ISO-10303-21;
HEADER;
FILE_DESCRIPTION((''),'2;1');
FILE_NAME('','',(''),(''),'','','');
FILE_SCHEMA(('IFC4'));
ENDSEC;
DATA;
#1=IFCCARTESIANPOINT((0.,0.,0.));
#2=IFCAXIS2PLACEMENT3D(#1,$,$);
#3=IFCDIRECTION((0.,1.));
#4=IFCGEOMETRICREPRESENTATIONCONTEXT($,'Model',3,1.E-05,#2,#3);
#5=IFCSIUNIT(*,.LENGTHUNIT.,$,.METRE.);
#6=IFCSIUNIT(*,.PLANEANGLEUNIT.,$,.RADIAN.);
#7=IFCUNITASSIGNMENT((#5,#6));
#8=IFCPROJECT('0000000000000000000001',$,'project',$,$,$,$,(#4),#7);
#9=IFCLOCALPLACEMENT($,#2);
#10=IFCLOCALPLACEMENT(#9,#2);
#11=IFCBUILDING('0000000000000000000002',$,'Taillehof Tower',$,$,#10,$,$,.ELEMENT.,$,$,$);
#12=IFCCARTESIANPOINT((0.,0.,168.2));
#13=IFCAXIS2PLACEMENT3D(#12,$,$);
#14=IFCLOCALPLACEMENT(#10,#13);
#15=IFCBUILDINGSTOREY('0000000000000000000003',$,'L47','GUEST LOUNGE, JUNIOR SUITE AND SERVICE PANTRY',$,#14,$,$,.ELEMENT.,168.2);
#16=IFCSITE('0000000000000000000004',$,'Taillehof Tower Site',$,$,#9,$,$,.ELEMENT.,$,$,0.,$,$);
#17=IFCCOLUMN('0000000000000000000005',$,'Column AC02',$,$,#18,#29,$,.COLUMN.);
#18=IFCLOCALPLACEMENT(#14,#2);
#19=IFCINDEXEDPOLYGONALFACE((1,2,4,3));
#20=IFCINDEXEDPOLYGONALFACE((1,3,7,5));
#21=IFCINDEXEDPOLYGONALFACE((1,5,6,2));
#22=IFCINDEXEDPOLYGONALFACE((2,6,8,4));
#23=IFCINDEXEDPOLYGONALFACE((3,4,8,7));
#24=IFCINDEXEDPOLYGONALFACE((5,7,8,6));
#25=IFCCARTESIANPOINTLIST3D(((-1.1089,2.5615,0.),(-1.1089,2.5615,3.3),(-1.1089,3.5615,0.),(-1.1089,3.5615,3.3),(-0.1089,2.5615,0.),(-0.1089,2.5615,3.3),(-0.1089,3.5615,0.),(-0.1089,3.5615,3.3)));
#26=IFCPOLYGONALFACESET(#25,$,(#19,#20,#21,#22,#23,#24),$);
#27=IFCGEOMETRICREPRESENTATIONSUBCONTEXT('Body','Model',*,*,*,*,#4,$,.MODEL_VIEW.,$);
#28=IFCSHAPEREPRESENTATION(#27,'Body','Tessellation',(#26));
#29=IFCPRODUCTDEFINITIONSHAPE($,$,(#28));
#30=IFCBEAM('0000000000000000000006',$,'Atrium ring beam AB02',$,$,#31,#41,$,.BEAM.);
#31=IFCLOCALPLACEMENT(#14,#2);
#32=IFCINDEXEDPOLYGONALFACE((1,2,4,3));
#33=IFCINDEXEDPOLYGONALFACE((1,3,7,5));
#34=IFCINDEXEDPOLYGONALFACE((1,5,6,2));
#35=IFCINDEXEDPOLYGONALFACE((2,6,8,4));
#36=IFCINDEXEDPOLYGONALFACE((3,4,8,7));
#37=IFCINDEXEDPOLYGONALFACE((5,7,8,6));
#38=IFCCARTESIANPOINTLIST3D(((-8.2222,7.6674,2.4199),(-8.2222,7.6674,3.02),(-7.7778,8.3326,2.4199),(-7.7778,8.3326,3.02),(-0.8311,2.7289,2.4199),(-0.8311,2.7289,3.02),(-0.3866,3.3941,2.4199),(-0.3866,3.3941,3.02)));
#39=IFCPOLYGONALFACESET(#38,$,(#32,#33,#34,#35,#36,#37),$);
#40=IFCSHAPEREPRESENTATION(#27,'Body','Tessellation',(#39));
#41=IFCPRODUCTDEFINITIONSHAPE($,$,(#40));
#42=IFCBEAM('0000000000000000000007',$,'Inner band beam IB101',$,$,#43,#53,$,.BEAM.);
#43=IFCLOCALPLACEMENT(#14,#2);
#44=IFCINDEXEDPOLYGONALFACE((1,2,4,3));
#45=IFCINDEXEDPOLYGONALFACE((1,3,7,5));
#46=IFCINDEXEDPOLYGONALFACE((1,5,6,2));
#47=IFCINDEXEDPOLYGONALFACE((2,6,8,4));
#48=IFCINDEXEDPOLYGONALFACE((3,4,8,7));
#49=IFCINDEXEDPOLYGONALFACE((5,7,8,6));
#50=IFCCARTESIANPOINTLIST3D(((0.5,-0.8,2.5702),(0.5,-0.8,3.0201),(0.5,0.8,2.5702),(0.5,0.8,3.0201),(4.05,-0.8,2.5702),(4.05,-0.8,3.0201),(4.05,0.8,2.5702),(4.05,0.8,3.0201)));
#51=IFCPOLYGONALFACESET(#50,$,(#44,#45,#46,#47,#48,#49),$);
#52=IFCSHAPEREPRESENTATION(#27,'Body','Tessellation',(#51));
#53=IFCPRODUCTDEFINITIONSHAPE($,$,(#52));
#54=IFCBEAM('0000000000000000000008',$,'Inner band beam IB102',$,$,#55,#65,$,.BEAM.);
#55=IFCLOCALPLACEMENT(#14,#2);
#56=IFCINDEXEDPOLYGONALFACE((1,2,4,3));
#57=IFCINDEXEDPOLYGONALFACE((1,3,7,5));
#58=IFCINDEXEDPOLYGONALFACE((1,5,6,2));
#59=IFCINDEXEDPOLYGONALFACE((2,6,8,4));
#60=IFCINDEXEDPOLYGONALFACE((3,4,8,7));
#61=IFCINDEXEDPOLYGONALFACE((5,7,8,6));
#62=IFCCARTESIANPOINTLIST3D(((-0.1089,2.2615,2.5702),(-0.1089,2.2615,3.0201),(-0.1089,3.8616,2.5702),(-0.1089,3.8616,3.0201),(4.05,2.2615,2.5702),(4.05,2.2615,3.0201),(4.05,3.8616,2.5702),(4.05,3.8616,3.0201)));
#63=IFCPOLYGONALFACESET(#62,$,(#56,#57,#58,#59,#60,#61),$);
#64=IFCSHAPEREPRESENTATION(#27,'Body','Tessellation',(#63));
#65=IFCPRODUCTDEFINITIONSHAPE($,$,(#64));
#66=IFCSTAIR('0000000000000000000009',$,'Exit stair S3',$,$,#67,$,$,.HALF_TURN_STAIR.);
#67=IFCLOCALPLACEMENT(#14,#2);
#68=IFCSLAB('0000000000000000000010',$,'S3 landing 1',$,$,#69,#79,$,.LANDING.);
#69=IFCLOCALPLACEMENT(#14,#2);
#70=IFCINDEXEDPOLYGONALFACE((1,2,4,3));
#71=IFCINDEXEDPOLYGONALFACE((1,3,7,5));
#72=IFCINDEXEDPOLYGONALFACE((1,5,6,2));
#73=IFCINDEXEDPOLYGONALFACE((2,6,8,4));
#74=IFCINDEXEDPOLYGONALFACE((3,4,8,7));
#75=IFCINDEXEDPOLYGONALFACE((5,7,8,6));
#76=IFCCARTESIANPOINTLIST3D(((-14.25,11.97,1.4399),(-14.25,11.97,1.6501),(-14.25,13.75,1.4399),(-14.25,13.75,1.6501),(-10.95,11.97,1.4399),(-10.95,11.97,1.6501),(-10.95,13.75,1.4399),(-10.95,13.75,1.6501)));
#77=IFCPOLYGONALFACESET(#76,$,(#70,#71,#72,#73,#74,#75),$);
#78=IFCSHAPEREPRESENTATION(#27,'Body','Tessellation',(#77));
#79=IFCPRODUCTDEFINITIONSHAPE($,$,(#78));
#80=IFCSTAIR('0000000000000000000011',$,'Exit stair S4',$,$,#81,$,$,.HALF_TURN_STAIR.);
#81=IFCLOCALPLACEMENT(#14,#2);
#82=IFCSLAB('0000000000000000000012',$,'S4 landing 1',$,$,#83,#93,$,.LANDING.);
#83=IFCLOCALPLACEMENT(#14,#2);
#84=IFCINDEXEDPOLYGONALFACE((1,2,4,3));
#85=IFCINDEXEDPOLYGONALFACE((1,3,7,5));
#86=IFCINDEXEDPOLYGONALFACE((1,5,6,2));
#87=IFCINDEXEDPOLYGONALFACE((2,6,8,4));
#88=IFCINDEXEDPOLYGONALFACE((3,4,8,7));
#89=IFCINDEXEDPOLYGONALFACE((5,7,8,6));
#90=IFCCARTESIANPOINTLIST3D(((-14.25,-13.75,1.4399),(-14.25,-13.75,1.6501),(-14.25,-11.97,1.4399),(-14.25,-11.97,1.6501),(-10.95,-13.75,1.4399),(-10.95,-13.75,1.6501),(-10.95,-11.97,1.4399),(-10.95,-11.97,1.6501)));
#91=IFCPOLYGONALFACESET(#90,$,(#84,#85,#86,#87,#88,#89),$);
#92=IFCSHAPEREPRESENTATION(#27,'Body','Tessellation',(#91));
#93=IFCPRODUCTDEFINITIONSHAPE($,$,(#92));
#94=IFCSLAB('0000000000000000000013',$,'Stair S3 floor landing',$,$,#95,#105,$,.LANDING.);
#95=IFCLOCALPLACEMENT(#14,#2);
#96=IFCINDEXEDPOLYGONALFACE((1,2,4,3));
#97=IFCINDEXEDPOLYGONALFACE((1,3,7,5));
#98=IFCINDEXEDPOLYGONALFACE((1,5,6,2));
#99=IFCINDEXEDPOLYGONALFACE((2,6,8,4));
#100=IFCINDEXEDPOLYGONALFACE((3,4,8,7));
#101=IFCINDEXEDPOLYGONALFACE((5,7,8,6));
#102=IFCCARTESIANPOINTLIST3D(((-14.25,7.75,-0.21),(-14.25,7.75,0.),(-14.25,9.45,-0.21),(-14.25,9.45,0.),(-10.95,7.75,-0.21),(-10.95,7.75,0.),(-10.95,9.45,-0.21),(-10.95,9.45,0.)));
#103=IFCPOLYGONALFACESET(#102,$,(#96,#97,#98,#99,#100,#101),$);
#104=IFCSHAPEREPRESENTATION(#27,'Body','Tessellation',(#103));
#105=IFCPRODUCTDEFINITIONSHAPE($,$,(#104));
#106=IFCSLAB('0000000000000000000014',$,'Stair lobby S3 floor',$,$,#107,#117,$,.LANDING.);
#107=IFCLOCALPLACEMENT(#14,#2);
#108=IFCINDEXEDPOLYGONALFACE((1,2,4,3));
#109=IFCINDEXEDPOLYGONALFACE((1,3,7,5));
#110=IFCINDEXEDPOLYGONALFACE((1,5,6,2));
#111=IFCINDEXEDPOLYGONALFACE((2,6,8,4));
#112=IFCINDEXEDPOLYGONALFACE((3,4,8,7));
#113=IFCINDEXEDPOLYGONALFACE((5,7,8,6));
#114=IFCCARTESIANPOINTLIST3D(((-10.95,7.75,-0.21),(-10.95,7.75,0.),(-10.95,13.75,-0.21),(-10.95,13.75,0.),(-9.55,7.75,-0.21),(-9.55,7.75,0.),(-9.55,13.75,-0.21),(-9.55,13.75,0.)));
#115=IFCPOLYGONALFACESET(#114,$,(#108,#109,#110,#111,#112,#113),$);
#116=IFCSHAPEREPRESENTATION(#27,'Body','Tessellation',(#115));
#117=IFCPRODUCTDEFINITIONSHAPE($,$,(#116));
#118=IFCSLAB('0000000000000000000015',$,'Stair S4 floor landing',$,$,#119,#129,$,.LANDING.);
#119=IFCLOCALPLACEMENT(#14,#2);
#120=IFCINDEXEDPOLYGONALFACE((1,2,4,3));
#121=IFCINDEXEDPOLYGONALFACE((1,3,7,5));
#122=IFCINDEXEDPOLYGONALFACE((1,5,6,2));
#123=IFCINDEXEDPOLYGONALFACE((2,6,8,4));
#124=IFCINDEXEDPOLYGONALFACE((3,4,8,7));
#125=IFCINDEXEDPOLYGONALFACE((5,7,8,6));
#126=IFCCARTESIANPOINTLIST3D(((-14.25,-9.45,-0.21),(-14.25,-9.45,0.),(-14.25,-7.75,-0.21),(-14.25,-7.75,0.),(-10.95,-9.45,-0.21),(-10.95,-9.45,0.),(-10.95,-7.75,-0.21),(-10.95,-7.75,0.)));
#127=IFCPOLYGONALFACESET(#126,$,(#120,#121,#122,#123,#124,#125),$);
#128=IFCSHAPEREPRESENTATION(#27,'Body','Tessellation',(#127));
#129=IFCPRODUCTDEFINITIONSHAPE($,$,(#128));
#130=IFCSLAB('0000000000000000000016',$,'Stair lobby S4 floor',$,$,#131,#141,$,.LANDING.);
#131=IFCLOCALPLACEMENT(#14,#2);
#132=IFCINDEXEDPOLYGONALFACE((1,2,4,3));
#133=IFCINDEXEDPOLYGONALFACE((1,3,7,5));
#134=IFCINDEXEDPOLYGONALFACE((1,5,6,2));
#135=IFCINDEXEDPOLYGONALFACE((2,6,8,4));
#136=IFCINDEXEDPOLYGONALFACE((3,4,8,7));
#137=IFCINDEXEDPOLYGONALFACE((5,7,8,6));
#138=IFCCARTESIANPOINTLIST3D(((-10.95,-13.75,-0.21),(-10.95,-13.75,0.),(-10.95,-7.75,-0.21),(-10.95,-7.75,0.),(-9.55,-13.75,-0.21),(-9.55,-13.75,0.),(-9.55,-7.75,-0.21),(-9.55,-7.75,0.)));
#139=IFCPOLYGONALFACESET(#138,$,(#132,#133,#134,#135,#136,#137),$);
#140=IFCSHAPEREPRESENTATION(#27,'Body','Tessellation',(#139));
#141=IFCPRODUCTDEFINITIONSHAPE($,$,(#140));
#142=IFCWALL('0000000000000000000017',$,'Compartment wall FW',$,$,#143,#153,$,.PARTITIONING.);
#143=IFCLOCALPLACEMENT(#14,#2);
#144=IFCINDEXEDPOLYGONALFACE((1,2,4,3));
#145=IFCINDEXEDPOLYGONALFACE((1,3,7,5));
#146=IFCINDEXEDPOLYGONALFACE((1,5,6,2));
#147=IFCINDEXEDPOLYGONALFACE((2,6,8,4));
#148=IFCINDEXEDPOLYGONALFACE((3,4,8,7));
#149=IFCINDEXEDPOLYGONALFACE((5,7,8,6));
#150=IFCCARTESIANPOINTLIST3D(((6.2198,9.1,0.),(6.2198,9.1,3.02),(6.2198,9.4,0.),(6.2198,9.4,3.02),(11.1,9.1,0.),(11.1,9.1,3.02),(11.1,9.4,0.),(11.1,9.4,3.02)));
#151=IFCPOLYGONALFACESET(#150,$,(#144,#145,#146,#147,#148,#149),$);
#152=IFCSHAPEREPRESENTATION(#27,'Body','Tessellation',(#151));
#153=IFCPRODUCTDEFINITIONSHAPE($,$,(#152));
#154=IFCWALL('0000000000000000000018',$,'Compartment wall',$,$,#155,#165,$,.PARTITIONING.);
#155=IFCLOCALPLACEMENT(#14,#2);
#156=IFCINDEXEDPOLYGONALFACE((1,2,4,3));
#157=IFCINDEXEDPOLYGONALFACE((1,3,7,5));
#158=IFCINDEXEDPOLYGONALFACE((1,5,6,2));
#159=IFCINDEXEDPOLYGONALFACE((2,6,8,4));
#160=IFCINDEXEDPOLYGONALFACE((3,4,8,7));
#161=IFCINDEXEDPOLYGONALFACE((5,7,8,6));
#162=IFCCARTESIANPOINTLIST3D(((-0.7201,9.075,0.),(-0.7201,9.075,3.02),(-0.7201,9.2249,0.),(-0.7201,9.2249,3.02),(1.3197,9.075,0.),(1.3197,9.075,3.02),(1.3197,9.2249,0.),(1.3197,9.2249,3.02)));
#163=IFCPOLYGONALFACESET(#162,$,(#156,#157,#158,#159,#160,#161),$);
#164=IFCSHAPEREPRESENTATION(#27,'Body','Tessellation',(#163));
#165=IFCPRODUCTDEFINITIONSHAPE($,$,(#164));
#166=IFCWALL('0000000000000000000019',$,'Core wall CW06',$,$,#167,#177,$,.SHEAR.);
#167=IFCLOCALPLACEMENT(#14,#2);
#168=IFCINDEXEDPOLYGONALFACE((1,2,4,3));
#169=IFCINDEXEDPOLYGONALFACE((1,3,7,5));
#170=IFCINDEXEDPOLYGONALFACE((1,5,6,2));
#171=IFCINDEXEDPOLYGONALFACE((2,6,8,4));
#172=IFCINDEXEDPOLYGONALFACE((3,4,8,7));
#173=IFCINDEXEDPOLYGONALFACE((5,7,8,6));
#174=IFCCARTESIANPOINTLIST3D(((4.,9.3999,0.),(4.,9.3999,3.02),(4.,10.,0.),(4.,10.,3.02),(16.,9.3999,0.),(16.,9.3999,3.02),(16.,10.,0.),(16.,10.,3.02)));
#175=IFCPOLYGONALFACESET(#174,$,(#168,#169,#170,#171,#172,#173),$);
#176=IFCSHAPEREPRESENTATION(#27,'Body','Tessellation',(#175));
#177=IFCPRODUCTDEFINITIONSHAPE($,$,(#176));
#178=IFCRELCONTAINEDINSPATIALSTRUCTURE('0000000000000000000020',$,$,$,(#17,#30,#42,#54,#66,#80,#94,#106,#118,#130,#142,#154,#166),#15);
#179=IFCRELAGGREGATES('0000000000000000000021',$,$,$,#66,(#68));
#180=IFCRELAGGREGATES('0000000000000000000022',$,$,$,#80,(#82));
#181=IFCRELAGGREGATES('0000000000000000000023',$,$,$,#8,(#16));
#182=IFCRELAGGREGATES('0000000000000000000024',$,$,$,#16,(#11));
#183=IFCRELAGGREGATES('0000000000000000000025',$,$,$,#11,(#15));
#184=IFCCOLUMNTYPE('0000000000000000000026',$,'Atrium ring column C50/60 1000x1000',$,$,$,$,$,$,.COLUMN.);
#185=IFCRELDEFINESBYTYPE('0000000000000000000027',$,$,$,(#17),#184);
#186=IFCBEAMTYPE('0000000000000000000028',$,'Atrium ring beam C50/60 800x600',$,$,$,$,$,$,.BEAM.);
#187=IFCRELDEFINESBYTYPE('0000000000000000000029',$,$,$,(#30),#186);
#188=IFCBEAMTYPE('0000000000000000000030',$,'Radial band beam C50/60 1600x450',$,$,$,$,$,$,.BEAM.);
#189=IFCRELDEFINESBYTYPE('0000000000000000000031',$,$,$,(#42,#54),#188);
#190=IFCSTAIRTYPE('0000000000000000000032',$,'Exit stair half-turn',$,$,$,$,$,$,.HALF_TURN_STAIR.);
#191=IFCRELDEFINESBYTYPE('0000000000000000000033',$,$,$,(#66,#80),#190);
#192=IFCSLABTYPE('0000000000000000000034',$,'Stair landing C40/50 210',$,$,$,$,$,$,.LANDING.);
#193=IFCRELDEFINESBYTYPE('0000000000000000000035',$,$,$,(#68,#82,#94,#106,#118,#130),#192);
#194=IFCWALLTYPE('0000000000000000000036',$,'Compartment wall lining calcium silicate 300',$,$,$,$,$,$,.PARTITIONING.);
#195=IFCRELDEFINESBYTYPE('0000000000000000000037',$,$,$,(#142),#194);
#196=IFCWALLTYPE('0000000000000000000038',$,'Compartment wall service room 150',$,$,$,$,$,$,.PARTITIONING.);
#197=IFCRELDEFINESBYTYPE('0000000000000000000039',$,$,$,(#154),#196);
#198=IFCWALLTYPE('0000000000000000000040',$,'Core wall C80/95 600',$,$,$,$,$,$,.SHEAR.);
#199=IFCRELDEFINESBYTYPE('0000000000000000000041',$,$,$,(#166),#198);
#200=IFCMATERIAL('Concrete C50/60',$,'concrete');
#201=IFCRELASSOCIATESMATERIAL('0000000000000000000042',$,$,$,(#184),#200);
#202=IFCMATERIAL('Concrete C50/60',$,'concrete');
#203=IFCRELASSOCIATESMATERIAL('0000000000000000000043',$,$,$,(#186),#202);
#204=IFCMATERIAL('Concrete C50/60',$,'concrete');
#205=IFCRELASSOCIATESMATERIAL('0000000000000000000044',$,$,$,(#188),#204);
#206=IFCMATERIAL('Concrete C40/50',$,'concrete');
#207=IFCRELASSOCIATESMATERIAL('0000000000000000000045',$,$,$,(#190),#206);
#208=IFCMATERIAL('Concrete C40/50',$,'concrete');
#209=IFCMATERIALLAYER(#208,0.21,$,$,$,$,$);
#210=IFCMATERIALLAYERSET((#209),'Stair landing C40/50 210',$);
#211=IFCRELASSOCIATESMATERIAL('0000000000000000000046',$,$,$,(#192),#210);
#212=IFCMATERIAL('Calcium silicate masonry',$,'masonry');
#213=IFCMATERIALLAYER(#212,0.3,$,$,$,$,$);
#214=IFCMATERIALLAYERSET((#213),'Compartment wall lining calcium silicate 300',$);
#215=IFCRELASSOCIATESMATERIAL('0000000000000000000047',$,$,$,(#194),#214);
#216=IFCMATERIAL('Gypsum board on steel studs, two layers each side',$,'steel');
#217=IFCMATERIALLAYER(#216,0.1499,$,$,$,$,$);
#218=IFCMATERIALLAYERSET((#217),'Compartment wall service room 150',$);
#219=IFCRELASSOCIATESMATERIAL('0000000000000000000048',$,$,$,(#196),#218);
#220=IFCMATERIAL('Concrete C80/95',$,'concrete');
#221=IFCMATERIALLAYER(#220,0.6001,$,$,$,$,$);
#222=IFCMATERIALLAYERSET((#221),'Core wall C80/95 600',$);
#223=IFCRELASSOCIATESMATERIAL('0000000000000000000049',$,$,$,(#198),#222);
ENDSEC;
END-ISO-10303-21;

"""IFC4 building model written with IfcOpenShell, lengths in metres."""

from ifc_helpers import new_model, si_unit, direction, frame, frame_2d, origin, origin_2d, place, context, subcontext, project, spatial, polyline, rectangle, outline, extrude, material, layer, layer_set, material_profile, profile_set, type_object, element, aggregate, save


model = new_model("IFC4")

# Units and contexts
model_context = context("Model", 3, precision=1e-05, world=origin(), true_north=direction((0.0, 1.0)))
body_context = subcontext(model_context, "Body", "Model", "MODEL_VIEW")
ifc_project = project(units=[si_unit("LENGTHUNIT", "METRE"), si_unit("PLANEANGLEUNIT", "RADIAN")], contexts=[model_context])

# Site, building, storey
site_placement = place(None, origin())
site = spatial("IfcSite", under=ifc_project, at=site_placement, Name="Taillehof Tower Site", CompositionType="ELEMENT", RefElevation=0.0)
building_placement = place(site_placement, origin())
building = spatial("IfcBuilding", under=site, at=building_placement, Name="Taillehof Tower", CompositionType="ELEMENT")
storey_placement = place(building_placement, frame((0.0, 0.0, 168.2)))
storey = spatial("IfcBuildingStorey", under=building, at=storey_placement, Name="L47", Description="GUEST LOUNGE, JUNIOR SUITE AND SERVICE PANTRY", CompositionType="ELEMENT", Elevation=168.2)

# Column
ifc_material_1 = material(Name="Concrete C50/60", Category="concrete")
ifc_material_profile_1 = material_profile(ifc_material_1, rectangle(XDim=1.0, YDim=1.0, at=origin_2d()), Name="RC 1000x1000")
ifc_profile_set_1 = profile_set([ifc_material_profile_1], Name="Concrete C50/60")
column_type = type_object("IfcColumnType", Name="Atrium ring column C50/60 1000x1000", PredefinedType="COLUMN", material=ifc_profile_set_1)
column_placement = place(storey_placement, frame((-0.6089, 3.0615, 0.0), z_axis=(0.0, 0.0, 1.0), x_axis=(1.0, 0.0, 0.0)))
element("IfcColumn", 1, at=column_placement, inside=storey, type_object=column_type, Name="Column AC02", PredefinedType="COLUMN", context=body_context, shape_type="SweptSolid", body=[
    extrude(rectangle(XDim=1.0, YDim=1.0, at=origin_2d()), origin(), (0.0, 0.0, 1.0), 3.3),
])

# Beams
ifc_material_2 = material(Name="Concrete C50/60", Category="concrete")
ifc_material_profile_2 = material_profile(ifc_material_2, rectangle(XDim=0.8, YDim=0.6001, at=origin_2d()), Name="RC 800x600")
ifc_profile_set_2 = profile_set([ifc_material_profile_2], Name="Concrete C50/60")
beam_type_1 = type_object("IfcBeamType", Name="Atrium ring beam C50/60 800x600", PredefinedType="BEAM", material=ifc_profile_set_2)
beam_1_placement = place(storey_placement, frame((-0.6089, 3.0615, 2.72), z_axis=(-0.831475, 0.555562, 0.0), x_axis=(-0.555562, -0.831475, 0.0)))
element("IfcBeam", 2, at=beam_1_placement, inside=storey, type_object=beam_type_1, Name="Atrium ring beam AB02", PredefinedType="BEAM", context=body_context, shape_type="SweptSolid", body=[
    extrude(rectangle(XDim=0.8, YDim=0.6001, at=origin_2d()), origin(), (0.0, 0.0, 1.0), 8.8892),
])
ifc_material_3 = material(Name="Concrete C50/60", Category="concrete")
ifc_material_profile_3 = material_profile(ifc_material_3, rectangle(XDim=1.6001, YDim=0.45, at=origin_2d()), Name="RC 1600x450")
ifc_profile_set_3 = profile_set([ifc_material_profile_3], Name="Concrete C50/60")
beam_type_2 = type_object("IfcBeamType", Name="Radial band beam C50/60 1600x450", PredefinedType="BEAM", material=ifc_profile_set_3)
beam_2_placement = place(storey_placement, frame((0.5, 0.0, 2.7952), z_axis=(1.0, 0.0, 0.0), x_axis=(0.0, 1.0, 0.0)))
element("IfcBeam", 3, at=beam_2_placement, inside=storey, type_object=beam_type_2, Name="Inner band beam IB101", PredefinedType="BEAM", context=body_context, shape_type="SweptSolid", body=[
    extrude(rectangle(XDim=1.6001, YDim=0.45, at=origin_2d()), origin(), (0.0, 0.0, 1.0), 3.55),
])
beam_3_placement = place(storey_placement, frame((-0.1089, 3.0615, 2.7952), z_axis=(1.0, 0.0, 0.0), x_axis=(0.0, 1.0, 0.0)))
element("IfcBeam", 4, at=beam_3_placement, inside=storey, type_object=beam_type_2, Name="Inner band beam IB102", PredefinedType="BEAM", context=body_context, shape_type="SweptSolid", body=[
    extrude(rectangle(XDim=1.6001, YDim=0.45, at=origin_2d()), origin(), (0.0, 0.0, 1.0), 4.1589),
])

# Stairs, slabs
ifc_material_4 = material(Name="Concrete C40/50", Category="concrete")
stair_type = type_object("IfcStairType", Name="Exit stair half-turn", PredefinedType="HALF_TURN_STAIR", material=ifc_material_4)
stair_1_placement = place(storey_placement, origin())
stair_1 = element("IfcStair", 5, at=stair_1_placement, inside=storey, type_object=stair_type, Name="Exit stair S3", PredefinedType="HALF_TURN_STAIR")
ifc_material_5 = material(Name="Concrete C40/50", Category="concrete")
ifc_layer_1 = layer(ifc_material_5, 0.21)
ifc_layer_set_1 = layer_set([ifc_layer_1], Name="Stair landing C40/50 210")
slab_type = type_object("IfcSlabType", Name="Stair landing C40/50 210", PredefinedType="LANDING", material=ifc_layer_set_1)
slab_1_placement = place(storey_placement, frame((0.0, 0.0, 1.4399)))
slab_1 = element("IfcSlab", 6, at=slab_1_placement, type_object=slab_type, Name="S3 landing 1", PredefinedType="LANDING", context=body_context, shape_type="SweptSolid", body=[
    extrude(outline(polyline([(-14.25, 11.97), (-14.25, 13.75), (-10.95, 13.75), (-10.95, 11.97), (-14.25, 11.97)])), origin(), (0.0, 0.0, 1.0), 0.2102),
])
aggregate(stair_1, [slab_1])
stair_2_placement = place(storey_placement, origin())
stair_2 = element("IfcStair", 7, at=stair_2_placement, inside=storey, type_object=stair_type, Name="Exit stair S4", PredefinedType="HALF_TURN_STAIR")
slab_2_placement = place(storey_placement, frame((0.0, 0.0, 1.4399)))
slab_2 = element("IfcSlab", 8, at=slab_2_placement, type_object=slab_type, Name="S4 landing 1", PredefinedType="LANDING", context=body_context, shape_type="SweptSolid", body=[
    extrude(outline(polyline([(-14.25, -11.97), (-14.25, -13.75), (-10.95, -13.75), (-10.95, -11.97), (-14.25, -11.97)])), origin(), (0.0, 0.0, 1.0), 0.2102),
])
aggregate(stair_2, [slab_2])

# Slabs
slab_3_placement = place(storey_placement, frame((0.0, 0.0, -0.21)))
element("IfcSlab", 9, at=slab_3_placement, inside=storey, type_object=slab_type, Name="Stair S3 floor landing", PredefinedType="LANDING", context=body_context, shape_type="SweptSolid", body=[
    extrude(outline(polyline([(-14.25, 7.75), (-14.25, 9.45), (-10.95, 9.45), (-10.95, 7.75), (-14.25, 7.75)])), origin(), (0.0, 0.0, 1.0), 0.21),
])
slab_4_placement = place(storey_placement, frame((0.0, 0.0, -0.21)))
element("IfcSlab", 10, at=slab_4_placement, inside=storey, type_object=slab_type, Name="Stair lobby S3 floor", PredefinedType="LANDING", context=body_context, shape_type="SweptSolid", body=[
    extrude(outline(polyline([(-10.95, 7.75), (-9.55, 7.75), (-9.55, 13.75), (-10.95, 13.75), (-10.95, 7.75)])), origin(), (0.0, 0.0, 1.0), 0.21),
])
slab_5_placement = place(storey_placement, frame((0.0, 0.0, -0.21)))
element("IfcSlab", 11, at=slab_5_placement, inside=storey, type_object=slab_type, Name="Stair S4 floor landing", PredefinedType="LANDING", context=body_context, shape_type="SweptSolid", body=[
    extrude(outline(polyline([(-14.25, -7.75), (-14.25, -9.45), (-10.95, -9.45), (-10.95, -7.75), (-14.25, -7.75)])), origin(), (0.0, 0.0, 1.0), 0.21),
])
slab_6_placement = place(storey_placement, frame((0.0, 0.0, -0.21)))
element("IfcSlab", 12, at=slab_6_placement, inside=storey, type_object=slab_type, Name="Stair lobby S4 floor", PredefinedType="LANDING", context=body_context, shape_type="SweptSolid", body=[
    extrude(outline(polyline([(-10.95, -13.75), (-9.55, -13.75), (-9.55, -7.75), (-10.95, -7.75), (-10.95, -13.75)])), origin(), (0.0, 0.0, 1.0), 0.21),
])

# Walls
ifc_material_6 = material(Name="Calcium silicate masonry", Category="masonry")
ifc_layer_2 = layer(ifc_material_6, 0.3)
ifc_layer_set_2 = layer_set([ifc_layer_2], Name="Compartment wall lining calcium silicate 300")
wall_type_1 = type_object("IfcWallType", Name="Compartment wall lining calcium silicate 300", PredefinedType="PARTITIONING", material=ifc_layer_set_2)
wall_1_placement = place(storey_placement, frame((6.22, 9.25, 0.0), z_axis=(0.0, 0.0, 1.0), x_axis=(1.0, 0.0, 0.0)))
element("IfcWall", 13, at=wall_1_placement, inside=storey, type_object=wall_type_1, Name="Compartment wall FW", PredefinedType="PARTITIONING", context=body_context, shape_type="SweptSolid", body=[
    extrude(rectangle(XDim=4.8801, YDim=0.3, at=frame_2d((2.4399, 0.0))), origin(), (0.0, 0.0, 1.0), 3.02),
])
ifc_material_7 = material(Name="Gypsum board on steel studs, two layers each side", Category="steel")
ifc_layer_3 = layer(ifc_material_7, 0.1499)
ifc_layer_set_3 = layer_set([ifc_layer_3], Name="Compartment wall service room 150")
wall_type_2 = type_object("IfcWallType", Name="Compartment wall service room 150", PredefinedType="PARTITIONING", material=ifc_layer_set_3)
wall_2_placement = place(storey_placement, frame((1.3198, 9.1499, 0.0), z_axis=(0.0, 0.0, 1.0), x_axis=(-1.0, 0.0, 0.0)))
element("IfcWall", 14, at=wall_2_placement, inside=storey, type_object=wall_type_2, Name="Compartment wall", PredefinedType="PARTITIONING", context=body_context, shape_type="SweptSolid", body=[
    extrude(rectangle(XDim=2.0398, YDim=0.1499, at=frame_2d((1.02, 0.0))), origin(), (0.0, 0.0, 1.0), 3.02),
])
ifc_material_8 = material(Name="Concrete C80/95", Category="concrete")
ifc_layer_4 = layer(ifc_material_8, 0.6001)
ifc_layer_set_4 = layer_set([ifc_layer_4], Name="Core wall C80/95 600")
wall_type_3 = type_object("IfcWallType", Name="Core wall C80/95 600", PredefinedType="SHEAR", material=ifc_layer_set_4)
wall_3_placement = place(storey_placement, frame((4.0, 9.7, 0.0), z_axis=(0.0, 0.0, 1.0), x_axis=(1.0, 0.0, 0.0)))
element("IfcWall", 15, at=wall_3_placement, inside=storey, type_object=wall_type_3, Name="Core wall CW06", PredefinedType="SHEAR", context=body_context, shape_type="SweptSolid", body=[
    extrude(rectangle(XDim=12.0, YDim=0.6001, at=frame_2d((6.0, 0.0))), origin(), (0.0, 0.0, 1.0), 3.02),
])

save(model, "model.ifc")
